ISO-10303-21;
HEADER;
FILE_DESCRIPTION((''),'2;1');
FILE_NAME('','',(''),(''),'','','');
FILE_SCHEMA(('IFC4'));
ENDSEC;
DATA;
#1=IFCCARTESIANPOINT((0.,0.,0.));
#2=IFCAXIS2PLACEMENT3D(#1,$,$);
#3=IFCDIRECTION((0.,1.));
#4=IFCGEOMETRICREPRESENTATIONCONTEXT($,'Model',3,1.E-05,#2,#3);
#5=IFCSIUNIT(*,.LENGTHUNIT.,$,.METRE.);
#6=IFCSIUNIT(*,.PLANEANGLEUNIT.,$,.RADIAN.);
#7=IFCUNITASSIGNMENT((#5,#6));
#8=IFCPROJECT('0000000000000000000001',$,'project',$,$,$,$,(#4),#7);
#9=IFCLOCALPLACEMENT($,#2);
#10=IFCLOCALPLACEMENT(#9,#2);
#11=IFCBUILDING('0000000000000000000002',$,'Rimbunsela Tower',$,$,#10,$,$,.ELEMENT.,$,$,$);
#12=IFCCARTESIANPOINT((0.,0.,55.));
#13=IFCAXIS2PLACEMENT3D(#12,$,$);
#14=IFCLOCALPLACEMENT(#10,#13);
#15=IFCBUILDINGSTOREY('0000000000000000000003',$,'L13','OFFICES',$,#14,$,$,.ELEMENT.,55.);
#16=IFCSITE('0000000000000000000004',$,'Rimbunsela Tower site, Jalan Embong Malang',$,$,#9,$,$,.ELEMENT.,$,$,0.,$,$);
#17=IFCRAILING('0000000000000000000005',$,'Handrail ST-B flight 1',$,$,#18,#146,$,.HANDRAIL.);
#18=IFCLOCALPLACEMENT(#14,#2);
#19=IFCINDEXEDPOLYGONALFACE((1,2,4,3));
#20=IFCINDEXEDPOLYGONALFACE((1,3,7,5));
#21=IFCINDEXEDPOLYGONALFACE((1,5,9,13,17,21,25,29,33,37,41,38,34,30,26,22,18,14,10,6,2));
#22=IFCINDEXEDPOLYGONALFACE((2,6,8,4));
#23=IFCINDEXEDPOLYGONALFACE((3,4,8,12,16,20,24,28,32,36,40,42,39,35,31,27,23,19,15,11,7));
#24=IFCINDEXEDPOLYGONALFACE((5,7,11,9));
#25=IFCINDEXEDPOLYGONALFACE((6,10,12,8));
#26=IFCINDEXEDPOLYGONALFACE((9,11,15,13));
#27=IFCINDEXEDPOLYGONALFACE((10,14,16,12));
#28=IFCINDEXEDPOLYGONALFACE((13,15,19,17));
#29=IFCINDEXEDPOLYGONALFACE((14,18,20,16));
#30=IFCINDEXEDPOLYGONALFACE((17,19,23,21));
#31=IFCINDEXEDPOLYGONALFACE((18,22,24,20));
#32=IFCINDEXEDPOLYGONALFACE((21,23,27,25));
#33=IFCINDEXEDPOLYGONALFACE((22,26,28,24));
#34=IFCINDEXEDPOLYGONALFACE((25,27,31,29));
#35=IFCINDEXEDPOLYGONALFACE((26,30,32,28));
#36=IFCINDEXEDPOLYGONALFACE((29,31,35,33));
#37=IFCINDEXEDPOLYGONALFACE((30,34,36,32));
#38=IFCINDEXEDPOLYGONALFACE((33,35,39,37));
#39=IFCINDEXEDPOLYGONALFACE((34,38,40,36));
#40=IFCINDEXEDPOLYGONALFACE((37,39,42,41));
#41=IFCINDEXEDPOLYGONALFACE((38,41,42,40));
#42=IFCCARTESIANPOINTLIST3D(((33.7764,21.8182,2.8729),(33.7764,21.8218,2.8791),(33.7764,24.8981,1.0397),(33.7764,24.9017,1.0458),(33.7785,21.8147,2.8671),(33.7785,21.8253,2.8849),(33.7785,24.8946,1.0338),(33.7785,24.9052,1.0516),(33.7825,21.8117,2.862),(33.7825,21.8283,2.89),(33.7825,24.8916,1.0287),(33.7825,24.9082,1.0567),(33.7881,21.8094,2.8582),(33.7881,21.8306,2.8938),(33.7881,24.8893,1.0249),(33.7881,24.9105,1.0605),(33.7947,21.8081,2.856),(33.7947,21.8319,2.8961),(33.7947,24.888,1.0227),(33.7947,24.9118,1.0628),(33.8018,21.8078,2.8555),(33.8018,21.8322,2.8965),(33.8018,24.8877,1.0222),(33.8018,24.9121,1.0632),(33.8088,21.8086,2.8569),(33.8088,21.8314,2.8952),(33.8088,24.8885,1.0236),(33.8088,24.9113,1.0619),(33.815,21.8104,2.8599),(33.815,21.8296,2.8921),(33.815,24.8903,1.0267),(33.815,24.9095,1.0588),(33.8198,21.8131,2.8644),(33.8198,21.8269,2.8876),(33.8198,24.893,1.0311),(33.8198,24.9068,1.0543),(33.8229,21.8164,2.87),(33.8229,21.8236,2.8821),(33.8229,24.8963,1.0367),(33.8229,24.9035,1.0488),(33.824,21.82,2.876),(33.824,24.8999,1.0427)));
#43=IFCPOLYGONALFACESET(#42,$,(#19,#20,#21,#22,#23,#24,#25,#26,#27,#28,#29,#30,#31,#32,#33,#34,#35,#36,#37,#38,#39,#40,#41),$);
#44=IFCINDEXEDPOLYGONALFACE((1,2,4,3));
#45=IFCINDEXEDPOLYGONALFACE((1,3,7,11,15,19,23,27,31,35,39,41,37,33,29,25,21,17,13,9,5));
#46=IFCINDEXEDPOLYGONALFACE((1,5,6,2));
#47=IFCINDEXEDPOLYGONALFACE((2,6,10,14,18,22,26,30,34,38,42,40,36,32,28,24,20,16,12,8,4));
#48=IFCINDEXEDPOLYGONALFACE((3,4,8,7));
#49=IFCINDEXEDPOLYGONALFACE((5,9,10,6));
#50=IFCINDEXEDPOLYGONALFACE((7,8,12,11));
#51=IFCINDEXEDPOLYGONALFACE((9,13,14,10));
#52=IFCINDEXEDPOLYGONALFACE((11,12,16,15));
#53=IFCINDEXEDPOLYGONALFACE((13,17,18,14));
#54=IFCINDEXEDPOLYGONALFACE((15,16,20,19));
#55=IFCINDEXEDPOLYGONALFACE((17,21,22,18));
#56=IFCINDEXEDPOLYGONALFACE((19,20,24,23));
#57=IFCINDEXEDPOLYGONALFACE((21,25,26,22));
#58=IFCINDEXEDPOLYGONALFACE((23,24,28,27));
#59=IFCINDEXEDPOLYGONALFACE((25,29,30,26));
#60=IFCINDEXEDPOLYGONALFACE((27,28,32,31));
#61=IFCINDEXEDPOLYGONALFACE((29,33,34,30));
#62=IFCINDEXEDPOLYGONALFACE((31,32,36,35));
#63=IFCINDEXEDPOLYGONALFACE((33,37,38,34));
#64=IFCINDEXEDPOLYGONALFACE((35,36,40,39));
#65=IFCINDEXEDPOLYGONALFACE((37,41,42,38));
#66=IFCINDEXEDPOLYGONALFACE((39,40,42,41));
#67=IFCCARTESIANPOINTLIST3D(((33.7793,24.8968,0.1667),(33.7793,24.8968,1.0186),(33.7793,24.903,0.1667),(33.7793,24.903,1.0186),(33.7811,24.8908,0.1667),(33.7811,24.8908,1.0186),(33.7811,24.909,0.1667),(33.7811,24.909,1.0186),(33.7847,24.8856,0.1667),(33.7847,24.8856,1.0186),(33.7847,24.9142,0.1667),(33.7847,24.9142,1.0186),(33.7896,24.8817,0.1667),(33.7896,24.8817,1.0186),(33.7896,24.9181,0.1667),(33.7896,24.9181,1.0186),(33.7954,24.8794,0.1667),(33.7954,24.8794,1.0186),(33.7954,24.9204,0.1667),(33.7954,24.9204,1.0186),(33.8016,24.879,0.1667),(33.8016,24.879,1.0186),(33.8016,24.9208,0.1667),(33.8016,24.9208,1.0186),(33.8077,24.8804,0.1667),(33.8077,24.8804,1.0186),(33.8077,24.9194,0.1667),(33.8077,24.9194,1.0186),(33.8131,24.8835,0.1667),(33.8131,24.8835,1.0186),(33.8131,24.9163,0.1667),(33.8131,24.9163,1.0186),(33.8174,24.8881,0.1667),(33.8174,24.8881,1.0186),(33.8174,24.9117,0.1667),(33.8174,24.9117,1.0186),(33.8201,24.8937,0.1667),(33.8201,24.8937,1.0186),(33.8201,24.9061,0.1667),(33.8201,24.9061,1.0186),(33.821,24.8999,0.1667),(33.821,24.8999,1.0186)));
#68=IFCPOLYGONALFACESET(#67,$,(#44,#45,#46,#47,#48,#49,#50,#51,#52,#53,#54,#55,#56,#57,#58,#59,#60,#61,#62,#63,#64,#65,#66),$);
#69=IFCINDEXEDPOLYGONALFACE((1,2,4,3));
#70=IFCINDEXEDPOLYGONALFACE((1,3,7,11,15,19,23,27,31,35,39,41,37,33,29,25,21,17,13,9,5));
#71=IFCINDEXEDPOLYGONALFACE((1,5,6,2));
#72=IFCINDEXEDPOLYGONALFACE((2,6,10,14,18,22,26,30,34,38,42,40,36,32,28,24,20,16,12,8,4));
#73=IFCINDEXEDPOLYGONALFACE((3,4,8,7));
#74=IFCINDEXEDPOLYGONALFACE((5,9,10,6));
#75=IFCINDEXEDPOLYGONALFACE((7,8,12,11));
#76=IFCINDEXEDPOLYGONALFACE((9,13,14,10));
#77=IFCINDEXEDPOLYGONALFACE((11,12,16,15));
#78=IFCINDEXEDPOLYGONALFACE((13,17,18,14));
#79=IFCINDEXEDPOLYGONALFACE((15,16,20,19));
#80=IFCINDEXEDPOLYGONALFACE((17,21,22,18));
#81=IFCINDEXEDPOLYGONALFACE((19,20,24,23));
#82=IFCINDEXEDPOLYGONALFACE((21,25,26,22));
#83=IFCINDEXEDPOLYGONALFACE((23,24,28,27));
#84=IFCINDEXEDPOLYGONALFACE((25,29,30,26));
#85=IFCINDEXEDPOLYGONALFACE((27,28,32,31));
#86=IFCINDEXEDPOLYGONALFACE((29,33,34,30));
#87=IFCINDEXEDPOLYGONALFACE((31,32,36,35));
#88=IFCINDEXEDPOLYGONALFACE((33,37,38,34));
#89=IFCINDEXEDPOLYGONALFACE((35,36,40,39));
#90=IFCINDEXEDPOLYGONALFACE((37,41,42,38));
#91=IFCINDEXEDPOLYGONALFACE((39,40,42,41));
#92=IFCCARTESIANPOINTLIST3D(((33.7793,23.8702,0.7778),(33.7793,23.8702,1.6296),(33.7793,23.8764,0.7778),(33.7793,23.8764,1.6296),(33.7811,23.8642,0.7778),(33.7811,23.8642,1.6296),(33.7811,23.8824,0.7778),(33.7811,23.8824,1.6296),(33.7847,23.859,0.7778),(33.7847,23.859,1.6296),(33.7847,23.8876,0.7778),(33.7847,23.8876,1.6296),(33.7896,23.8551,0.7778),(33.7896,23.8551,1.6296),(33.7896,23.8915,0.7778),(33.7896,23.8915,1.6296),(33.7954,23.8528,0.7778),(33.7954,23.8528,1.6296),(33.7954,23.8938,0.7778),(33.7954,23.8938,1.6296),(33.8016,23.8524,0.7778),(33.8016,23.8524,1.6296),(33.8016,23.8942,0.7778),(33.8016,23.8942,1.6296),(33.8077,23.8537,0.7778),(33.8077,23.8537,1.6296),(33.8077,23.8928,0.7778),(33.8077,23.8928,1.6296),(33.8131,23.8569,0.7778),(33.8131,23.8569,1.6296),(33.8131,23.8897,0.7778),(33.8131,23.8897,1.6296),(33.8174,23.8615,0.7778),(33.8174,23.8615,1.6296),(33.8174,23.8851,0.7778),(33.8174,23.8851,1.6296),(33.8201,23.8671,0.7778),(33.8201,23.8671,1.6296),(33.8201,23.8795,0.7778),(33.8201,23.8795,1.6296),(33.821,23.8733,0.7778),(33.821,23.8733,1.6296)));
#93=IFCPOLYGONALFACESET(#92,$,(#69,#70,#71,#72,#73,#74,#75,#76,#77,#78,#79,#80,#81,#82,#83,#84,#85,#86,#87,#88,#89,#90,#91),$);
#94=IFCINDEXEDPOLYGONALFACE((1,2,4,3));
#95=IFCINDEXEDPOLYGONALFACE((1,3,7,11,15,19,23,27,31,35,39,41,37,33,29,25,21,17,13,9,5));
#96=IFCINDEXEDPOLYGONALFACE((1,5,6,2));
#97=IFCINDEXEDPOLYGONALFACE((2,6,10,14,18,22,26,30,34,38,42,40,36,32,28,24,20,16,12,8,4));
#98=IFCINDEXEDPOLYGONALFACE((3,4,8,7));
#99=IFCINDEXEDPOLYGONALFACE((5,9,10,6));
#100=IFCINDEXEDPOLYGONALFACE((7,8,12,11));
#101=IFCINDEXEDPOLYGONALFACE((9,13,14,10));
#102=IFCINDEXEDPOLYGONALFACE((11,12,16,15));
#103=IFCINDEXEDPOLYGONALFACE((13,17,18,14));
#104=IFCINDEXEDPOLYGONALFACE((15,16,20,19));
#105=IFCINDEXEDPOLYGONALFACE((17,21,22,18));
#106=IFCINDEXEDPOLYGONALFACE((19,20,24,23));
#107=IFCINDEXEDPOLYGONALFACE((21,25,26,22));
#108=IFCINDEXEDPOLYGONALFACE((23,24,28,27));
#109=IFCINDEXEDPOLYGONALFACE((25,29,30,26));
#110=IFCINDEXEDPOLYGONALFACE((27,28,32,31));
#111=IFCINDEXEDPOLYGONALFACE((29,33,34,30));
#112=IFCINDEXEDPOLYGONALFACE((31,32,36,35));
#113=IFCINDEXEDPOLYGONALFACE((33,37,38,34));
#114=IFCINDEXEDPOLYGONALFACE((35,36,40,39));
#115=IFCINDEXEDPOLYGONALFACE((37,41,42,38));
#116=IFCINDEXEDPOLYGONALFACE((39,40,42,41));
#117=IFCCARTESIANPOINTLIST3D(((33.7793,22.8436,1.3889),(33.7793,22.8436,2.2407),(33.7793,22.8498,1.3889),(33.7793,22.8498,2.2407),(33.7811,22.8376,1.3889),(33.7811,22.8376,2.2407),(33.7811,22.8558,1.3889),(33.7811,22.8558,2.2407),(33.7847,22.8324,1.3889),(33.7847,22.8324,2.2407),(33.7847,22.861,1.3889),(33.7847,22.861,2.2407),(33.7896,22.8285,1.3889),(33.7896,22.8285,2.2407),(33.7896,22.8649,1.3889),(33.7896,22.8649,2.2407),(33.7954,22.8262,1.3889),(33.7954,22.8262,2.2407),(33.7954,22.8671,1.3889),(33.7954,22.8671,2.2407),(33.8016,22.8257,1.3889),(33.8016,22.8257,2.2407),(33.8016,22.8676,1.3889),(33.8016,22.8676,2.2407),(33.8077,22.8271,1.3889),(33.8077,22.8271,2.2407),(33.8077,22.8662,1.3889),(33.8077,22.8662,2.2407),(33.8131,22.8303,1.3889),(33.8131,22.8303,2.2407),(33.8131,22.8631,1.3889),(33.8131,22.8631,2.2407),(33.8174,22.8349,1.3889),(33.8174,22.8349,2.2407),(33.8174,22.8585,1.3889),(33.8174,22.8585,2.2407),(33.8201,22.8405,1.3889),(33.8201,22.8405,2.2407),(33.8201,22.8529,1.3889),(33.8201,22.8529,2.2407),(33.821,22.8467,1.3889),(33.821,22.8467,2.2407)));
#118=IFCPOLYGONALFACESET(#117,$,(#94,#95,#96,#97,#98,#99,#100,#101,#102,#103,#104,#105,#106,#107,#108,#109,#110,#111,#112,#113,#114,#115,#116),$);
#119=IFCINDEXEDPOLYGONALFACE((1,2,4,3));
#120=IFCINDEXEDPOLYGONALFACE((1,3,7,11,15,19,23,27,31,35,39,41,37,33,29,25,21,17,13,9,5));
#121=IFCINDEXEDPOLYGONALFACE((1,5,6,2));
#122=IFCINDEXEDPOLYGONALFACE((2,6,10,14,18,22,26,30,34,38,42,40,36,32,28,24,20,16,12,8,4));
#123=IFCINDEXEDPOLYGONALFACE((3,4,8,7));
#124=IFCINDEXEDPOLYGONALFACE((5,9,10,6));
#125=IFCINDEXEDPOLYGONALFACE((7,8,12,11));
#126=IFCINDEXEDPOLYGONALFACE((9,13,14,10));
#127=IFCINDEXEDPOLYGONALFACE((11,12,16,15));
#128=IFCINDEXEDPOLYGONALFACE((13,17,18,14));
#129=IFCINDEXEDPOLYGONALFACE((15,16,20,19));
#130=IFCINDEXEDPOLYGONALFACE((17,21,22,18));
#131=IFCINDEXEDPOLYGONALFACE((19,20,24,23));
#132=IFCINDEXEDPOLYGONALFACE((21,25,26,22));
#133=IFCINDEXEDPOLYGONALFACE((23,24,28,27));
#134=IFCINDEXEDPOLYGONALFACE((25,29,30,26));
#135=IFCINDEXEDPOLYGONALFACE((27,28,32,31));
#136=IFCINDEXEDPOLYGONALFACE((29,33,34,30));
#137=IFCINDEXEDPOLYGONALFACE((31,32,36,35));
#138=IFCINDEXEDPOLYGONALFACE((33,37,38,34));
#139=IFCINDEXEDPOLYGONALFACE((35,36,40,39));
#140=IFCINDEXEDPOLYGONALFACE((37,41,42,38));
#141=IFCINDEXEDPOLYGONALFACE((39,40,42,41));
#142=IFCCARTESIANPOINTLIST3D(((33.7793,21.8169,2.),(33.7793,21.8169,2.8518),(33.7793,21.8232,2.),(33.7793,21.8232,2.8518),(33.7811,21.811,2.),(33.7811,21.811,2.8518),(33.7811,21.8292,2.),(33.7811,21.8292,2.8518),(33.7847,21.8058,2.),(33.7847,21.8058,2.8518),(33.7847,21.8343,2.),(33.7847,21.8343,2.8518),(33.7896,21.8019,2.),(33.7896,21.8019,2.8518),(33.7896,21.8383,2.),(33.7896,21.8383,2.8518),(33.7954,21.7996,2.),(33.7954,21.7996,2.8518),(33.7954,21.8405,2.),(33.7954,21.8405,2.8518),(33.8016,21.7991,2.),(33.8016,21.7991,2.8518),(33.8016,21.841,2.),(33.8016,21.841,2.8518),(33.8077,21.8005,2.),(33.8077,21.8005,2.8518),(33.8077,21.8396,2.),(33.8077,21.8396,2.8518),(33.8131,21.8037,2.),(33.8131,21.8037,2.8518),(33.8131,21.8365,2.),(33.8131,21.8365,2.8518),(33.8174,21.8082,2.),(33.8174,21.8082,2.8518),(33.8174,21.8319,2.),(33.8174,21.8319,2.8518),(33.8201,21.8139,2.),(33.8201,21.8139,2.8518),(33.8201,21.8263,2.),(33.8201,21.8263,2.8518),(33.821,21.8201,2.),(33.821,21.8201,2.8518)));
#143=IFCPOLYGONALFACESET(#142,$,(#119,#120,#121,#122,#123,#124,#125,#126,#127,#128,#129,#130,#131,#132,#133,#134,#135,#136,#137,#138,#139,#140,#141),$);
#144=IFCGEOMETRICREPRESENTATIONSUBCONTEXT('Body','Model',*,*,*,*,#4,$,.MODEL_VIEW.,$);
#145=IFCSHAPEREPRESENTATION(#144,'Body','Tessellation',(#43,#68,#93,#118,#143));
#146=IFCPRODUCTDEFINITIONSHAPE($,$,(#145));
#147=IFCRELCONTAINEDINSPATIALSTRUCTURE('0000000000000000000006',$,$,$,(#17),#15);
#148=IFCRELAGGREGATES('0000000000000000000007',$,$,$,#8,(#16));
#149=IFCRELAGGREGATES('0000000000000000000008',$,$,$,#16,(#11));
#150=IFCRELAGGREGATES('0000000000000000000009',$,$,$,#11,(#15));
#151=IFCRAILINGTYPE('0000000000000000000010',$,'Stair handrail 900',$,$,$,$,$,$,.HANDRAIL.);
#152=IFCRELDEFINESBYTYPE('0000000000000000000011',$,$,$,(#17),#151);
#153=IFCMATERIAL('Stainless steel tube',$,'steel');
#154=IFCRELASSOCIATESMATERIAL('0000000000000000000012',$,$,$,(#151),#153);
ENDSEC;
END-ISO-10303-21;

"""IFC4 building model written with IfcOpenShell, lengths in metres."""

from ifc_helpers import new_model, si_unit, direction, frame, origin, origin_2d, place, context, subcontext, project, spatial, circle, extrude, material, type_object, element, save


model = new_model("IFC4")

# Units and contexts
model_context = context("Model", 3, precision=1e-05, world=origin(), true_north=direction((0.0, 1.0)))
body_context = subcontext(model_context, "Body", "Model", "MODEL_VIEW")
ifc_project = project(units=[si_unit("LENGTHUNIT", "METRE"), si_unit("PLANEANGLEUNIT", "RADIAN")], contexts=[model_context])

# Site, building, storey
site_placement = place(None, origin())
site = spatial("IfcSite", under=ifc_project, at=site_placement, Name="Rimbunsela Tower site, Jalan Embong Malang", CompositionType="ELEMENT", RefElevation=0.0)
building_placement = place(site_placement, origin())
building = spatial("IfcBuilding", under=site, at=building_placement, Name="Rimbunsela Tower", CompositionType="ELEMENT")
storey_placement = place(building_placement, frame((0.0, 0.0, 55.0)))
storey = spatial("IfcBuildingStorey", under=building, at=storey_placement, Name="L13", Description="OFFICES", CompositionType="ELEMENT", Elevation=55.0)

# Railing
ifc_material_1 = material(Name="Stainless steel tube", Category="steel")
railing_type = type_object("IfcRailingType", Name="Stair handrail 900", PredefinedType="HANDRAIL", material=ifc_material_1)
railing_placement = place(storey_placement, frame((33.8, 24.8999, 0.1667)))
element("IfcRailing", 1, at=railing_placement, inside=storey, type_object=railing_type, Name="Handrail ST-B flight 1", PredefinedType="HANDRAIL", context=body_context, shape_type="SweptSolid", body=[
    extrude(circle(Radius=0.0239, at=origin_2d()), frame((0.0, 0.0, 0.876), z_axis=(0.0, -0.859291, 0.511487), x_axis=(1.0, 0.0, 0.0)), (0.0, 0.0, 1.0), 3.5842),
    extrude(circle(Radius=0.021, at=origin_2d()), origin(), (0.0, 0.0, 1.0), 0.8518),
    extrude(circle(Radius=0.021, at=origin_2d()), frame((0.0, -1.0266, 0.6111)), (0.0, 0.0, 1.0), 0.8518),
    extrude(circle(Radius=0.021, at=origin_2d()), frame((0.0, -2.0532, 1.2222)), (0.0, 0.0, 1.0), 0.8518),
    extrude(circle(Radius=0.021, at=origin_2d()), frame((0.0, -3.0798, 1.8333)), (0.0, 0.0, 1.0), 0.8518),
])

save(model, "model.ifc")
